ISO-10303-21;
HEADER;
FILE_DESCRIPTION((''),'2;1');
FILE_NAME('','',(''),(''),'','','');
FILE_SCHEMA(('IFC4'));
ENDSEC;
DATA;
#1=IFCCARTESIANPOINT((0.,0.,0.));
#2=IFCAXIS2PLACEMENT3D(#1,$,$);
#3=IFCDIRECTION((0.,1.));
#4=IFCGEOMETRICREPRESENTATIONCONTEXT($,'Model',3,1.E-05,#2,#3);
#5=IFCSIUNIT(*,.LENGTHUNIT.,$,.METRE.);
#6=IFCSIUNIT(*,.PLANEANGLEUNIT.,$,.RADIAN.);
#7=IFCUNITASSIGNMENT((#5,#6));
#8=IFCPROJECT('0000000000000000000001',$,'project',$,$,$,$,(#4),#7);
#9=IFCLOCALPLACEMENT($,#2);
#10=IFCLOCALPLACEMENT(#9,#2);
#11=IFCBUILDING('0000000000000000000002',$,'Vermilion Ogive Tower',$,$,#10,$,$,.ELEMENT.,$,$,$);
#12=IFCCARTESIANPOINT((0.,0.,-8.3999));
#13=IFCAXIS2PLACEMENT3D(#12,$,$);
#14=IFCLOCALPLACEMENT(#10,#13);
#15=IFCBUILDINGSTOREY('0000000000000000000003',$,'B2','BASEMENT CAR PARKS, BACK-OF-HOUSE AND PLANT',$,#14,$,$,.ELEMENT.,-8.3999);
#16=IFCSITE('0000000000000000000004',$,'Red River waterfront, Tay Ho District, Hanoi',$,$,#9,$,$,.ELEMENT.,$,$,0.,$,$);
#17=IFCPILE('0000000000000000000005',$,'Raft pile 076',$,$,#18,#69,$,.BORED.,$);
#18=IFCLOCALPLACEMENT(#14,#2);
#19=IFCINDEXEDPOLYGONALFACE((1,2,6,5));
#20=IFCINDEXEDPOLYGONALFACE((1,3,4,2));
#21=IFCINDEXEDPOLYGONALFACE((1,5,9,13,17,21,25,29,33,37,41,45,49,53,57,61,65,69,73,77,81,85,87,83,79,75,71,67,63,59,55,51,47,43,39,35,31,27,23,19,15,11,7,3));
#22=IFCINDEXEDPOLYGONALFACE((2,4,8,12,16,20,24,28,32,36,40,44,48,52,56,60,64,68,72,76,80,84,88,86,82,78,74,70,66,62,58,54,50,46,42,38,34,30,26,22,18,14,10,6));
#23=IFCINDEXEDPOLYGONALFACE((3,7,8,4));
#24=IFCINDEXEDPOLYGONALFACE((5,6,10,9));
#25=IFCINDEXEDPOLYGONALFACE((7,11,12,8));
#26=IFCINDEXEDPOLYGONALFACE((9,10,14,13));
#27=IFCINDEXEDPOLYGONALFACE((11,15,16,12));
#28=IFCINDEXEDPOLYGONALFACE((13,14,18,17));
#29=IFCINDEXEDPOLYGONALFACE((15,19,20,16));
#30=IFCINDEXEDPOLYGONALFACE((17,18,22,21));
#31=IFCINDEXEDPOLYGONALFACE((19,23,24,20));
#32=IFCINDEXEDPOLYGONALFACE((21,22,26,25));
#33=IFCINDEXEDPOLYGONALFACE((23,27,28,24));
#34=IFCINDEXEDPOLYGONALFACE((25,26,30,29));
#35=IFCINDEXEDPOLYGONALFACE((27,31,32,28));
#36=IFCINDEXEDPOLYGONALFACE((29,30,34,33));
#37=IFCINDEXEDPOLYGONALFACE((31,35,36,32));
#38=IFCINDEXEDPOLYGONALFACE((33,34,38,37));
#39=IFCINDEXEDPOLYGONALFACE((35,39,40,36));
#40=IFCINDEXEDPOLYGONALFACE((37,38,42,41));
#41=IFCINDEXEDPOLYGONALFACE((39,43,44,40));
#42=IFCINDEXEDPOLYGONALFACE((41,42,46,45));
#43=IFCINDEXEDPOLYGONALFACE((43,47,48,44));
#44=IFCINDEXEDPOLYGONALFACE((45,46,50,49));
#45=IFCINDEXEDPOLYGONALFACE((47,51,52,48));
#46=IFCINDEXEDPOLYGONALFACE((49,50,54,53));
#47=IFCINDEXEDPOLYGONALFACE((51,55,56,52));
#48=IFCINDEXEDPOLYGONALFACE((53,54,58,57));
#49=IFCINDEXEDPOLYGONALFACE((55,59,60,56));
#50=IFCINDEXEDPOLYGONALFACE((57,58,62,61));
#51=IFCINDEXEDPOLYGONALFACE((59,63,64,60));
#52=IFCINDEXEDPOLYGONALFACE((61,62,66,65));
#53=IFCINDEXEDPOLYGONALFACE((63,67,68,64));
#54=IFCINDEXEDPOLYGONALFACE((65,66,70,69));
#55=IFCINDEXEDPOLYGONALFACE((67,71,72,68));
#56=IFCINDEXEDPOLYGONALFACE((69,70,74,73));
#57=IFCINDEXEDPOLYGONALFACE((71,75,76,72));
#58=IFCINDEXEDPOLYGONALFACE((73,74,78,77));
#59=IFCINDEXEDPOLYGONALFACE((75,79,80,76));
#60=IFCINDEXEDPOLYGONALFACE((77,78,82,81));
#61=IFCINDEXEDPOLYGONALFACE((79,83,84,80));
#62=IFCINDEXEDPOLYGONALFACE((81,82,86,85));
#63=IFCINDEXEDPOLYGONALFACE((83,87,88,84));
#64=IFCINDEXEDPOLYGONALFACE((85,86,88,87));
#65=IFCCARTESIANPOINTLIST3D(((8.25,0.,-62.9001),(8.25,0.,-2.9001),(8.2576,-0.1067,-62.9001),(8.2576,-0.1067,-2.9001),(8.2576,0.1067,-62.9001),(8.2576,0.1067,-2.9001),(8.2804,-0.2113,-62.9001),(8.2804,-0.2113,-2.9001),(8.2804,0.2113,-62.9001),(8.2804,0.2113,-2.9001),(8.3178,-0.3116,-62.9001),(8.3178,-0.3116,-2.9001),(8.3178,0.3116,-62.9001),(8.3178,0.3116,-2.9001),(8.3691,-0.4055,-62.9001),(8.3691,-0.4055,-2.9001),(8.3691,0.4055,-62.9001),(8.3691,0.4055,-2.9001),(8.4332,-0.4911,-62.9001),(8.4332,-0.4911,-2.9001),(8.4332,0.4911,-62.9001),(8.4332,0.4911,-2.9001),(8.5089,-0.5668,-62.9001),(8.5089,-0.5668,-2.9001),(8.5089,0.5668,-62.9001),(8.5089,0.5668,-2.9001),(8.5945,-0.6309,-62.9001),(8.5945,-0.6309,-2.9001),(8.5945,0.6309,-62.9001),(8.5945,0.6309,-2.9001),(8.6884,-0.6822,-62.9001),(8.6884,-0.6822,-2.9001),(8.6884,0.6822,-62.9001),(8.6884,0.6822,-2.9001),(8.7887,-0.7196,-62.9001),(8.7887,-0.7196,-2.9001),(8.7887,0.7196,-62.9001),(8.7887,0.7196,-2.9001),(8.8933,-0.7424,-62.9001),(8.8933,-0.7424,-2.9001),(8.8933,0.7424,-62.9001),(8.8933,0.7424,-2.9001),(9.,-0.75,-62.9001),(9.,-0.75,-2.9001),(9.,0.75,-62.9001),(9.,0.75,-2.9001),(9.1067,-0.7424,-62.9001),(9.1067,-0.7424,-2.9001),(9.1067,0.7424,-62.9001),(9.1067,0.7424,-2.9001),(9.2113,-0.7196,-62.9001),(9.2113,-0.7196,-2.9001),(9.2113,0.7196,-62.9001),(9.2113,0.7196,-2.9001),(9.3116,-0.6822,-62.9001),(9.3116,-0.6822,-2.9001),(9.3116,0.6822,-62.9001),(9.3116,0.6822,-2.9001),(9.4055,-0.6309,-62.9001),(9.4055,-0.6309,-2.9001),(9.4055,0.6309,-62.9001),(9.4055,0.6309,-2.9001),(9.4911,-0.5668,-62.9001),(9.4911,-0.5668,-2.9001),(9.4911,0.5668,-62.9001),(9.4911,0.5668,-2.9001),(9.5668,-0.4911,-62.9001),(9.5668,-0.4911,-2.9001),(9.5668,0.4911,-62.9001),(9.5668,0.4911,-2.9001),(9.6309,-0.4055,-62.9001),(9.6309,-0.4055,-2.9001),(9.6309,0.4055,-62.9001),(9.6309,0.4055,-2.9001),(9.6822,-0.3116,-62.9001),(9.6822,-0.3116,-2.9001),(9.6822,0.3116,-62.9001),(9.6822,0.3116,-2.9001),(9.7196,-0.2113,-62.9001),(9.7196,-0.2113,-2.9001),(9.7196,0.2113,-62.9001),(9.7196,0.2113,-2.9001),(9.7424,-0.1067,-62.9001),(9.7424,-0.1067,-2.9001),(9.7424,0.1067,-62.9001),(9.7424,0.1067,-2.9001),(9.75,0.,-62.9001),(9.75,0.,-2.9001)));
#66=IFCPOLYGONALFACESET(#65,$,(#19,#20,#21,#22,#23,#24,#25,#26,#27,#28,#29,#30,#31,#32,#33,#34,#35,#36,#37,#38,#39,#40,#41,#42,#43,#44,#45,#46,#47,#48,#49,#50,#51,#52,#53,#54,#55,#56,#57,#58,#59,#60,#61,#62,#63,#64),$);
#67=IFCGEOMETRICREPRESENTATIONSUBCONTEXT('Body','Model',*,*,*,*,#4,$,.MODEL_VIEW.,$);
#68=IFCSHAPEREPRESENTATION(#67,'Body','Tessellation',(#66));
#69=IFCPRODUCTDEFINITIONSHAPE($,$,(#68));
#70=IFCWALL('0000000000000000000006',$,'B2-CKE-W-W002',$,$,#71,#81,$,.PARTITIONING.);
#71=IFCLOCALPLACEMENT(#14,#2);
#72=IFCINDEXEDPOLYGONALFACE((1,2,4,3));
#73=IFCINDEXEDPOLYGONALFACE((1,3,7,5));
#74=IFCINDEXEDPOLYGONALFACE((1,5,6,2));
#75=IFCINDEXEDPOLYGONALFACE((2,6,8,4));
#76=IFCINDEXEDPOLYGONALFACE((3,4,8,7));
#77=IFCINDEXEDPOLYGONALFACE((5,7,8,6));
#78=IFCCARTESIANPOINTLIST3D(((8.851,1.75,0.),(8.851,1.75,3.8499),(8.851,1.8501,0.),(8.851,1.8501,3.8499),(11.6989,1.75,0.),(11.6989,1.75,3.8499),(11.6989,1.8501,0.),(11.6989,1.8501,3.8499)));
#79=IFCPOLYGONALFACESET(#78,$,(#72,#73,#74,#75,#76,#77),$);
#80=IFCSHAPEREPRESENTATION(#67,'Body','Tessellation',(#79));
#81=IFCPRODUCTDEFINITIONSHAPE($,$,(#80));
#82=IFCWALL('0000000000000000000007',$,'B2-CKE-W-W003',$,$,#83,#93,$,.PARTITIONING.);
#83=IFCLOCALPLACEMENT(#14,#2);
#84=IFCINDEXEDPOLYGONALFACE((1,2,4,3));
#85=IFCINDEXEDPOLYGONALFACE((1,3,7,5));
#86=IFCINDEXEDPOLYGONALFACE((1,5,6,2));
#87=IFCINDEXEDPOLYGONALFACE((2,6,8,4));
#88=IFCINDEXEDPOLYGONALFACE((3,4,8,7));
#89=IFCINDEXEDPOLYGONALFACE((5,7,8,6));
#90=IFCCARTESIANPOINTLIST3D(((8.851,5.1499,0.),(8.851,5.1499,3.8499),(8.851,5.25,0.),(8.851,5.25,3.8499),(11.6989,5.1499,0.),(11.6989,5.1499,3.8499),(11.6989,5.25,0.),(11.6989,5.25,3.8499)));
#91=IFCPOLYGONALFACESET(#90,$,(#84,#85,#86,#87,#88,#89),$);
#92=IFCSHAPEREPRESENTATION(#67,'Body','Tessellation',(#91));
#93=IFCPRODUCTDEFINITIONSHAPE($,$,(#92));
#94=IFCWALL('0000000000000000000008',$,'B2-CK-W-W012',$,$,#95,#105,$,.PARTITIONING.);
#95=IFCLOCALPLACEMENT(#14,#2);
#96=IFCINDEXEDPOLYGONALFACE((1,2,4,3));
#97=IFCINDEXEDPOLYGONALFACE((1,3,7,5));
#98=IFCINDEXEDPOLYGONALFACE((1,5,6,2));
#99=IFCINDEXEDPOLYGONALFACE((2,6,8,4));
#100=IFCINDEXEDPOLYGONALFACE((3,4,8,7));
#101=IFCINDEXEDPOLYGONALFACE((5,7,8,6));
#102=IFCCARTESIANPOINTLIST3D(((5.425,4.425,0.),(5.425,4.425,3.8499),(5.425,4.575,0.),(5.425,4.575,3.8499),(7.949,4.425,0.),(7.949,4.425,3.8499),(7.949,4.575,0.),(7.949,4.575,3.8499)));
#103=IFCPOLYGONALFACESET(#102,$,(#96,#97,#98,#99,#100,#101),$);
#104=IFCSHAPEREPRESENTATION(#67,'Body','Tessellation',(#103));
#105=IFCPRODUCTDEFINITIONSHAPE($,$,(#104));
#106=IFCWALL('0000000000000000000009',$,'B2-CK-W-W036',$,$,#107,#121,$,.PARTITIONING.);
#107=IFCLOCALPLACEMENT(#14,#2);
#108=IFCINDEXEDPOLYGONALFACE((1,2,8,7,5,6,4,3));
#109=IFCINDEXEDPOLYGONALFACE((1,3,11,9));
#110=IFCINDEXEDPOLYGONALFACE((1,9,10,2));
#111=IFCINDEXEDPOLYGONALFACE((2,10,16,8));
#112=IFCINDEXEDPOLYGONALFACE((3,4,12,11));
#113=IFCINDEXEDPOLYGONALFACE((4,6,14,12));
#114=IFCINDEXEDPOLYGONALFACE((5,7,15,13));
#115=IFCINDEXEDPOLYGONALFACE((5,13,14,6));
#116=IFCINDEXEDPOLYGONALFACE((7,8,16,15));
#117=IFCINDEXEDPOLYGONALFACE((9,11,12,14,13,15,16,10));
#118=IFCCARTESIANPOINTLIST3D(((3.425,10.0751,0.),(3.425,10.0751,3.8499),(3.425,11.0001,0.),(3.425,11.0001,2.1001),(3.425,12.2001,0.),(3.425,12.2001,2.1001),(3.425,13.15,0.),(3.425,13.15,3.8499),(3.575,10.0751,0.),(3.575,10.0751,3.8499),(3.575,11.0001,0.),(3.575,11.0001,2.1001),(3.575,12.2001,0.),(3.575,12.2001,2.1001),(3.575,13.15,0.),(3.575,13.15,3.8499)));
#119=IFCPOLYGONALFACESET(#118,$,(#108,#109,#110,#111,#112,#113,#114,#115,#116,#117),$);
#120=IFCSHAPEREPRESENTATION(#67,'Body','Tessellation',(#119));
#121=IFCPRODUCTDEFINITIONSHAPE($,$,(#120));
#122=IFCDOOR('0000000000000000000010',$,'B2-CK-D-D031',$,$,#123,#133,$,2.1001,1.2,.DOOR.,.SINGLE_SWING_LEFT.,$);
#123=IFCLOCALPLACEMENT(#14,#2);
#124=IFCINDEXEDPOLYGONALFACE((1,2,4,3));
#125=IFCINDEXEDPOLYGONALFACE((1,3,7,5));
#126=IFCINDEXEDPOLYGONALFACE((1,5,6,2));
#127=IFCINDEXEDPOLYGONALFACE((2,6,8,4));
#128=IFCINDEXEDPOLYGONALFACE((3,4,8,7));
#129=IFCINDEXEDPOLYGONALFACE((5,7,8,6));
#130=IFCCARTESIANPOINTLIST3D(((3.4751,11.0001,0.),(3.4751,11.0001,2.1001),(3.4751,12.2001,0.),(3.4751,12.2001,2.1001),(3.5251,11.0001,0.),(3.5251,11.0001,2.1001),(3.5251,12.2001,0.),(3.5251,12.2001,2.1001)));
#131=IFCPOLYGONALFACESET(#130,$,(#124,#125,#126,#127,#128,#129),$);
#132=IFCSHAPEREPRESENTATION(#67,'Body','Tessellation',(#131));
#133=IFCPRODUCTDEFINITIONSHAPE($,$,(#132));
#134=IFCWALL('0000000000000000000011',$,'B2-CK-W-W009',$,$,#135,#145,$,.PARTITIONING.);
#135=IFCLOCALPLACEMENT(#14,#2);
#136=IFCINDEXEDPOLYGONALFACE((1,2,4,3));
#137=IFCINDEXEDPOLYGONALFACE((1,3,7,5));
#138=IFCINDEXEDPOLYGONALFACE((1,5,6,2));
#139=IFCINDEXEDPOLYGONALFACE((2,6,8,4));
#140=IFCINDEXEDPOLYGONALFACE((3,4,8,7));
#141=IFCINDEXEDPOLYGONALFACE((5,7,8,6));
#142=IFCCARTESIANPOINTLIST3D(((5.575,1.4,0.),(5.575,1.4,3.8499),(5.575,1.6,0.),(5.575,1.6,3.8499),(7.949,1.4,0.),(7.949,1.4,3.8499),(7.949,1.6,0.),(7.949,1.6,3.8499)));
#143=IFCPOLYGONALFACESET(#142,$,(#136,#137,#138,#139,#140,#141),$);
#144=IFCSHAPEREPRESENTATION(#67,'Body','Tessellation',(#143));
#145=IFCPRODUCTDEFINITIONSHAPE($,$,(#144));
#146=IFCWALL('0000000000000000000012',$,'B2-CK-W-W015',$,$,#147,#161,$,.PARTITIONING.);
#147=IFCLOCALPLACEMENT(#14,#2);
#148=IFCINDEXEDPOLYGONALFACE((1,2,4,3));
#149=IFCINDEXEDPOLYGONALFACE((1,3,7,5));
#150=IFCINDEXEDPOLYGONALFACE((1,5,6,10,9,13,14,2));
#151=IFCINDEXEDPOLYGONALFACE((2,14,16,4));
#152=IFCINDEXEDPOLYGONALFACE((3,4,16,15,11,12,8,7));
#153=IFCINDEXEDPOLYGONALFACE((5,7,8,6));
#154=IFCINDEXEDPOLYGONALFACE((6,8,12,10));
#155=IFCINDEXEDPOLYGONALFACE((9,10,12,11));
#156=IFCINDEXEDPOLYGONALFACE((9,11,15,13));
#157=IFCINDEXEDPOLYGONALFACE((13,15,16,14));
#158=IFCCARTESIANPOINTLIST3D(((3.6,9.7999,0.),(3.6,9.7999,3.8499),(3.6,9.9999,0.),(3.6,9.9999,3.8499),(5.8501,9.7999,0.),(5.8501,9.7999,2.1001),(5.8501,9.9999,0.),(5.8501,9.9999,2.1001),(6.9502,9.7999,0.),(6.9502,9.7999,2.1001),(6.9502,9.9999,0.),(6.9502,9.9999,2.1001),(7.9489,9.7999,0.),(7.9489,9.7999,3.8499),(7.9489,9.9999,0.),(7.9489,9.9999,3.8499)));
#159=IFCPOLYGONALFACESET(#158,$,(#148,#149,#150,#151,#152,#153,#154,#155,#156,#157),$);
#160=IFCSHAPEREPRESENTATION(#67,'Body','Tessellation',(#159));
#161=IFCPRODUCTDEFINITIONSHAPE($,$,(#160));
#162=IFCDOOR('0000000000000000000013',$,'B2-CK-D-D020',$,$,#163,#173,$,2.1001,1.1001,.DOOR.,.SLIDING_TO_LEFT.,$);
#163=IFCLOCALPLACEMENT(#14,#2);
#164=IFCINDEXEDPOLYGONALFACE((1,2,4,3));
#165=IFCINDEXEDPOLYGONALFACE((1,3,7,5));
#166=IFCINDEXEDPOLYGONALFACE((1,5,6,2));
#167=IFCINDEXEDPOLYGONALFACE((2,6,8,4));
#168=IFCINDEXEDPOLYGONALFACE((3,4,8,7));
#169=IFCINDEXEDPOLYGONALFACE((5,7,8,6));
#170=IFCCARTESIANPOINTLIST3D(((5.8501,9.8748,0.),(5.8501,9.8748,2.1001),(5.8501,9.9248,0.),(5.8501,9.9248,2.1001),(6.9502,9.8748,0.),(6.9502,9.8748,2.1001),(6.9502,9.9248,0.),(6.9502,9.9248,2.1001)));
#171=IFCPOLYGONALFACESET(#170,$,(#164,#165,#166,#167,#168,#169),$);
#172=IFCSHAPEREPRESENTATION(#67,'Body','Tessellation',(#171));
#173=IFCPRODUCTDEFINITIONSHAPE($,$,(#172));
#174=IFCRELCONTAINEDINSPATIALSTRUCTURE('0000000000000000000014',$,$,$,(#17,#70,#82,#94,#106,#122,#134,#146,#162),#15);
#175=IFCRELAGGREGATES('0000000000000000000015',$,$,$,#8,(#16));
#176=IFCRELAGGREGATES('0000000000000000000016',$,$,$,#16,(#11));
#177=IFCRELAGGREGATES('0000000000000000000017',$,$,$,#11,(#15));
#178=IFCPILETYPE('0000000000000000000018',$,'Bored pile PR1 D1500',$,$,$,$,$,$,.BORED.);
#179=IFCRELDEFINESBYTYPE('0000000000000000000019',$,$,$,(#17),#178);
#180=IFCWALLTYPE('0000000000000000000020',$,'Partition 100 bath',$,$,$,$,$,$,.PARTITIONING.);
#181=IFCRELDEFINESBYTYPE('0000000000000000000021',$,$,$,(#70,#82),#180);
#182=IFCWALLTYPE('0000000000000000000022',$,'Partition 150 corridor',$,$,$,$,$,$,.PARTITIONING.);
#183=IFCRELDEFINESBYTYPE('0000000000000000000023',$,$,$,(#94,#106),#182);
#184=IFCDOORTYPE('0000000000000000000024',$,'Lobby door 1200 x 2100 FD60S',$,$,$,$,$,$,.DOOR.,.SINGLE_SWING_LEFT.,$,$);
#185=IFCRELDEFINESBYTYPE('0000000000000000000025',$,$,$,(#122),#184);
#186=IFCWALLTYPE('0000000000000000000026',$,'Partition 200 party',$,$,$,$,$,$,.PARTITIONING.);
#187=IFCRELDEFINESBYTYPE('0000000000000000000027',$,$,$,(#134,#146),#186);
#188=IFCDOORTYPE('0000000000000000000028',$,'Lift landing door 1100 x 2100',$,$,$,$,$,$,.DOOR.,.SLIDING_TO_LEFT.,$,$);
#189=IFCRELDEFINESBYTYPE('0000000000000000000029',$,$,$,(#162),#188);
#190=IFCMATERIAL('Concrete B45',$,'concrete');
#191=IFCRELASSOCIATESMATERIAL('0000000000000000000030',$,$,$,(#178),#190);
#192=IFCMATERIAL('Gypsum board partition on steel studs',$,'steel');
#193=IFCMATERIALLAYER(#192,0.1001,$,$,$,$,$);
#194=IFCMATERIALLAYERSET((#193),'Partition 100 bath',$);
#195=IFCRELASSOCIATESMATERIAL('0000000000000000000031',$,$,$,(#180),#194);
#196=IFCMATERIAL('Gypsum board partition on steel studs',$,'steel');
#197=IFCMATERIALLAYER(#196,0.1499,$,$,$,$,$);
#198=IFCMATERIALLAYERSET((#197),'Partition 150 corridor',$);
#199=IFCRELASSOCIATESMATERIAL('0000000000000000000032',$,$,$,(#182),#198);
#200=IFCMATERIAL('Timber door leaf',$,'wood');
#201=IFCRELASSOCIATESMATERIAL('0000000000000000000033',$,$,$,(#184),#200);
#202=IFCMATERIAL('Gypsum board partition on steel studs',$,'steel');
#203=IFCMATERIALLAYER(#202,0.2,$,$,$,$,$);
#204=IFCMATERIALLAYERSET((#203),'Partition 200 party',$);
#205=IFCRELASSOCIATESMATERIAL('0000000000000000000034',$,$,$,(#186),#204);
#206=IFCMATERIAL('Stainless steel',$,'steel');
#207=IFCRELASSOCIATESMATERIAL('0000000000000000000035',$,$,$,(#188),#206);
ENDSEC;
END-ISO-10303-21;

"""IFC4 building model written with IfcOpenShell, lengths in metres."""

from ifc_helpers import new_model, si_unit, direction, frame, frame_2d, origin, origin_2d, place, context, subcontext, project, spatial, rectangle, circle, extrude, material, layer, layer_set, type_object, element, fill, save


model = new_model("IFC4")

# Units and contexts
model_context = context("Model", 3, precision=1e-05, world=origin(), true_north=direction((0.0, 1.0)))
body_context = subcontext(model_context, "Body", "Model", "MODEL_VIEW")
ifc_project = project(units=[si_unit("LENGTHUNIT", "METRE"), si_unit("PLANEANGLEUNIT", "RADIAN")], contexts=[model_context])

# Site, building, storey
site_placement = place(None, origin())
site = spatial("IfcSite", under=ifc_project, at=site_placement, Name="Red River waterfront, Tay Ho District, Hanoi", CompositionType="ELEMENT", RefElevation=0.0)
building_placement = place(site_placement, origin())
building = spatial("IfcBuilding", under=site, at=building_placement, Name="Vermilion Ogive Tower", CompositionType="ELEMENT")
storey_placement = place(building_placement, frame((0.0, 0.0, -8.3999)))
storey = spatial("IfcBuildingStorey", under=building, at=storey_placement, Name="B2", Description="BASEMENT CAR PARKS, BACK-OF-HOUSE AND PLANT", CompositionType="ELEMENT", Elevation=-8.3999)

# Pile
ifc_material_1 = material(Name="Concrete B45", Category="concrete")
pile_type = type_object("IfcPileType", Name="Bored pile PR1 D1500", PredefinedType="BORED", material=ifc_material_1)
for number, where, z_axis, x_axis, name in (
    (1, (9.0, 0.0, -2.9001), (0.0, 0.0, -1.0), (1.0, 0.0, 0.0), "Raft pile 076"),
):
    element("IfcPile", number, at=place(storey_placement, frame(where, z_axis=z_axis, x_axis=x_axis)), inside=storey, type_object=pile_type, Name=name, PredefinedType="BORED", context=body_context, shape_type="SweptSolid", body=[
        extrude(circle(Radius=0.75, at=origin_2d()), origin(), (0.0, 0.0, 1.0), 60.0),
    ])

# Walls
ifc_material_2 = material(Name="Gypsum board partition on steel studs", Category="steel")
ifc_layer_1 = layer(ifc_material_2, 0.1001)
ifc_layer_set_1 = layer_set([ifc_layer_1], Name="Partition 100 bath")
wall_type_1 = type_object("IfcWallType", Name="Partition 100 bath", PredefinedType="PARTITIONING", material=ifc_layer_set_1)
for number, where, z_axis, x_axis, name in (
    (2, (8.8511, 1.8, 0.0), (0.0, 0.0, 1.0), (1.0, 0.0, 0.0), "B2-CKE-W-W002"),
    (3, (8.8511, 5.2, 0.0), (0.0, 0.0, 1.0), (1.0, 0.0, 0.0), "B2-CKE-W-W003"),
):
    element("IfcWall", number, at=place(storey_placement, frame(where, z_axis=z_axis, x_axis=x_axis)), inside=storey, type_object=wall_type_1, Name=name, PredefinedType="PARTITIONING", context=body_context, shape_type="SweptSolid", body=[
        extrude(rectangle(XDim=2.8479, YDim=0.1001, at=frame_2d((1.4238, 0.0))), origin(), (0.0, 0.0, 1.0), 3.8499),
    ])
ifc_material_3 = material(Name="Gypsum board partition on steel studs", Category="steel")
ifc_layer_2 = layer(ifc_material_3, 0.1499)
ifc_layer_set_2 = layer_set([ifc_layer_2], Name="Partition 150 corridor")
wall_type_2 = type_object("IfcWallType", Name="Partition 150 corridor", PredefinedType="PARTITIONING", material=ifc_layer_set_2)
wall_1_placement = place(storey_placement, frame((5.425, 4.5, 0.0), z_axis=(0.0, 0.0, 1.0), x_axis=(1.0, 0.0, 0.0)))
element("IfcWall", 4, at=wall_1_placement, inside=storey, type_object=wall_type_2, Name="B2-CK-W-W012", PredefinedType="PARTITIONING", context=body_context, shape_type="SweptSolid", body=[
    extrude(rectangle(XDim=2.5239, YDim=0.1499, at=frame_2d((1.262, 0.0))), origin(), (0.0, 0.0, 1.0), 3.8499),
])

# Wall, opening, door
wall_2_placement = place(storey_placement, frame((3.5, 10.075, 0.0), z_axis=(0.0, 0.0, 1.0), x_axis=(0.0, 1.0, 0.0)))
wall_2 = element("IfcWall", 5, at=wall_2_placement, inside=storey, type_object=wall_type_2, Name="B2-CK-W-W036", PredefinedType="PARTITIONING", context=body_context, shape_type="SweptSolid", body=[
    extrude(rectangle(XDim=3.075, YDim=0.1499, at=frame_2d((1.5376, 0.0))), origin(), (0.0, 0.0, 1.0), 3.8499),
])
opening_1_placement = place(wall_2_placement, frame((0.925, 0.0, 0.0)))
opening_1 = element("IfcOpeningElement", 6, at=opening_1_placement, cuts=wall_2, PredefinedType="OPENING", context=body_context, shape_type="SweptSolid", body=[
    extrude(rectangle(XDim=1.2, YDim=2.1001, at=frame_2d((0.6001, 1.05))), frame((0.0, 0.085, 0.0), z_axis=(0.0, -1.0, 0.0), x_axis=(1.0, 0.0, 0.0)), (0.0, 0.0, 1.0), 0.1699),
])
ifc_material_4 = material(Name="Timber door leaf", Category="wood")
door_type_1 = type_object("IfcDoorType", Name="Lobby door 1200 x 2100 FD60S", OperationType="SINGLE_SWING_LEFT", PredefinedType="DOOR", material=ifc_material_4)
door_1_placement = place(opening_1_placement, origin())
door_1 = element("IfcDoor", 7, at=door_1_placement, inside=storey, type_object=door_type_1, Name="B2-CK-D-D031", OperationType="SINGLE_SWING_LEFT", OverallHeight=2.1001, OverallWidth=1.2, PredefinedType="DOOR", context=body_context, shape_type="SweptSolid", body=[
    extrude(rectangle(XDim=1.2, YDim=2.1001, at=frame_2d((0.6001, 1.05))), frame((0.0, 0.0249, 0.0), z_axis=(0.0, -1.0, 0.0), x_axis=(1.0, 0.0, 0.0)), (0.0, 0.0, 1.0), 0.05),
])
fill(opening_1, door_1)

# Wall
ifc_material_5 = material(Name="Gypsum board partition on steel studs", Category="steel")
ifc_layer_3 = layer(ifc_material_5, 0.2)
ifc_layer_set_3 = layer_set([ifc_layer_3], Name="Partition 200 party")
wall_type_3 = type_object("IfcWallType", Name="Partition 200 party", PredefinedType="PARTITIONING", material=ifc_layer_set_3)
wall_3_placement = place(storey_placement, frame((5.575, 1.5, 0.0), z_axis=(0.0, 0.0, 1.0), x_axis=(1.0, 0.0, 0.0)))
element("IfcWall", 8, at=wall_3_placement, inside=storey, type_object=wall_type_3, Name="B2-CK-W-W009", PredefinedType="PARTITIONING", context=body_context, shape_type="SweptSolid", body=[
    extrude(rectangle(XDim=2.374, YDim=0.2, at=frame_2d((1.187, 0.0))), origin(), (0.0, 0.0, 1.0), 3.8499),
])

# Wall, opening, door
wall_4_placement = place(storey_placement, frame((3.6001, 9.8999, 0.0), z_axis=(0.0, 0.0, 1.0), x_axis=(1.0, 0.0, 0.0)))
wall_4 = element("IfcWall", 9, at=wall_4_placement, inside=storey, type_object=wall_type_3, Name="B2-CK-W-W015", PredefinedType="PARTITIONING", context=body_context, shape_type="SweptSolid", body=[
    extrude(rectangle(XDim=4.3489, YDim=0.2, at=frame_2d((2.1743, 0.0))), origin(), (0.0, 0.0, 1.0), 3.8499),
])
opening_2_placement = place(wall_4_placement, frame((2.25, 0.0, 0.0)))
opening_2 = element("IfcOpeningElement", 10, at=opening_2_placement, cuts=wall_4, PredefinedType="OPENING", context=body_context, shape_type="SweptSolid", body=[
    extrude(rectangle(XDim=1.1001, YDim=2.1001, at=frame_2d((0.55, 1.05))), frame((0.0, 0.1099, 0.0), z_axis=(0.0, -1.0, 0.0), x_axis=(1.0, 0.0, 0.0)), (0.0, 0.0, 1.0), 0.22),
])
ifc_material_6 = material(Name="Stainless steel", Category="steel")
door_type_2 = type_object("IfcDoorType", Name="Lift landing door 1100 x 2100", OperationType="SLIDING_TO_LEFT", PredefinedType="DOOR", material=ifc_material_6)
door_2_placement = place(opening_2_placement, origin())
door_2 = element("IfcDoor", 11, at=door_2_placement, inside=storey, type_object=door_type_2, Name="B2-CK-D-D020", OperationType="SLIDING_TO_LEFT", OverallHeight=2.1001, OverallWidth=1.1001, PredefinedType="DOOR", context=body_context, shape_type="SweptSolid", body=[
    extrude(rectangle(XDim=1.1001, YDim=2.1001, at=frame_2d((0.55, 1.05))), frame((0.0, 0.0249, 0.0), z_axis=(0.0, -1.0, 0.0), x_axis=(1.0, 0.0, 0.0)), (0.0, 0.0, 1.0), 0.05),
])
fill(opening_2, door_2)

save(model, "model.ifc")
